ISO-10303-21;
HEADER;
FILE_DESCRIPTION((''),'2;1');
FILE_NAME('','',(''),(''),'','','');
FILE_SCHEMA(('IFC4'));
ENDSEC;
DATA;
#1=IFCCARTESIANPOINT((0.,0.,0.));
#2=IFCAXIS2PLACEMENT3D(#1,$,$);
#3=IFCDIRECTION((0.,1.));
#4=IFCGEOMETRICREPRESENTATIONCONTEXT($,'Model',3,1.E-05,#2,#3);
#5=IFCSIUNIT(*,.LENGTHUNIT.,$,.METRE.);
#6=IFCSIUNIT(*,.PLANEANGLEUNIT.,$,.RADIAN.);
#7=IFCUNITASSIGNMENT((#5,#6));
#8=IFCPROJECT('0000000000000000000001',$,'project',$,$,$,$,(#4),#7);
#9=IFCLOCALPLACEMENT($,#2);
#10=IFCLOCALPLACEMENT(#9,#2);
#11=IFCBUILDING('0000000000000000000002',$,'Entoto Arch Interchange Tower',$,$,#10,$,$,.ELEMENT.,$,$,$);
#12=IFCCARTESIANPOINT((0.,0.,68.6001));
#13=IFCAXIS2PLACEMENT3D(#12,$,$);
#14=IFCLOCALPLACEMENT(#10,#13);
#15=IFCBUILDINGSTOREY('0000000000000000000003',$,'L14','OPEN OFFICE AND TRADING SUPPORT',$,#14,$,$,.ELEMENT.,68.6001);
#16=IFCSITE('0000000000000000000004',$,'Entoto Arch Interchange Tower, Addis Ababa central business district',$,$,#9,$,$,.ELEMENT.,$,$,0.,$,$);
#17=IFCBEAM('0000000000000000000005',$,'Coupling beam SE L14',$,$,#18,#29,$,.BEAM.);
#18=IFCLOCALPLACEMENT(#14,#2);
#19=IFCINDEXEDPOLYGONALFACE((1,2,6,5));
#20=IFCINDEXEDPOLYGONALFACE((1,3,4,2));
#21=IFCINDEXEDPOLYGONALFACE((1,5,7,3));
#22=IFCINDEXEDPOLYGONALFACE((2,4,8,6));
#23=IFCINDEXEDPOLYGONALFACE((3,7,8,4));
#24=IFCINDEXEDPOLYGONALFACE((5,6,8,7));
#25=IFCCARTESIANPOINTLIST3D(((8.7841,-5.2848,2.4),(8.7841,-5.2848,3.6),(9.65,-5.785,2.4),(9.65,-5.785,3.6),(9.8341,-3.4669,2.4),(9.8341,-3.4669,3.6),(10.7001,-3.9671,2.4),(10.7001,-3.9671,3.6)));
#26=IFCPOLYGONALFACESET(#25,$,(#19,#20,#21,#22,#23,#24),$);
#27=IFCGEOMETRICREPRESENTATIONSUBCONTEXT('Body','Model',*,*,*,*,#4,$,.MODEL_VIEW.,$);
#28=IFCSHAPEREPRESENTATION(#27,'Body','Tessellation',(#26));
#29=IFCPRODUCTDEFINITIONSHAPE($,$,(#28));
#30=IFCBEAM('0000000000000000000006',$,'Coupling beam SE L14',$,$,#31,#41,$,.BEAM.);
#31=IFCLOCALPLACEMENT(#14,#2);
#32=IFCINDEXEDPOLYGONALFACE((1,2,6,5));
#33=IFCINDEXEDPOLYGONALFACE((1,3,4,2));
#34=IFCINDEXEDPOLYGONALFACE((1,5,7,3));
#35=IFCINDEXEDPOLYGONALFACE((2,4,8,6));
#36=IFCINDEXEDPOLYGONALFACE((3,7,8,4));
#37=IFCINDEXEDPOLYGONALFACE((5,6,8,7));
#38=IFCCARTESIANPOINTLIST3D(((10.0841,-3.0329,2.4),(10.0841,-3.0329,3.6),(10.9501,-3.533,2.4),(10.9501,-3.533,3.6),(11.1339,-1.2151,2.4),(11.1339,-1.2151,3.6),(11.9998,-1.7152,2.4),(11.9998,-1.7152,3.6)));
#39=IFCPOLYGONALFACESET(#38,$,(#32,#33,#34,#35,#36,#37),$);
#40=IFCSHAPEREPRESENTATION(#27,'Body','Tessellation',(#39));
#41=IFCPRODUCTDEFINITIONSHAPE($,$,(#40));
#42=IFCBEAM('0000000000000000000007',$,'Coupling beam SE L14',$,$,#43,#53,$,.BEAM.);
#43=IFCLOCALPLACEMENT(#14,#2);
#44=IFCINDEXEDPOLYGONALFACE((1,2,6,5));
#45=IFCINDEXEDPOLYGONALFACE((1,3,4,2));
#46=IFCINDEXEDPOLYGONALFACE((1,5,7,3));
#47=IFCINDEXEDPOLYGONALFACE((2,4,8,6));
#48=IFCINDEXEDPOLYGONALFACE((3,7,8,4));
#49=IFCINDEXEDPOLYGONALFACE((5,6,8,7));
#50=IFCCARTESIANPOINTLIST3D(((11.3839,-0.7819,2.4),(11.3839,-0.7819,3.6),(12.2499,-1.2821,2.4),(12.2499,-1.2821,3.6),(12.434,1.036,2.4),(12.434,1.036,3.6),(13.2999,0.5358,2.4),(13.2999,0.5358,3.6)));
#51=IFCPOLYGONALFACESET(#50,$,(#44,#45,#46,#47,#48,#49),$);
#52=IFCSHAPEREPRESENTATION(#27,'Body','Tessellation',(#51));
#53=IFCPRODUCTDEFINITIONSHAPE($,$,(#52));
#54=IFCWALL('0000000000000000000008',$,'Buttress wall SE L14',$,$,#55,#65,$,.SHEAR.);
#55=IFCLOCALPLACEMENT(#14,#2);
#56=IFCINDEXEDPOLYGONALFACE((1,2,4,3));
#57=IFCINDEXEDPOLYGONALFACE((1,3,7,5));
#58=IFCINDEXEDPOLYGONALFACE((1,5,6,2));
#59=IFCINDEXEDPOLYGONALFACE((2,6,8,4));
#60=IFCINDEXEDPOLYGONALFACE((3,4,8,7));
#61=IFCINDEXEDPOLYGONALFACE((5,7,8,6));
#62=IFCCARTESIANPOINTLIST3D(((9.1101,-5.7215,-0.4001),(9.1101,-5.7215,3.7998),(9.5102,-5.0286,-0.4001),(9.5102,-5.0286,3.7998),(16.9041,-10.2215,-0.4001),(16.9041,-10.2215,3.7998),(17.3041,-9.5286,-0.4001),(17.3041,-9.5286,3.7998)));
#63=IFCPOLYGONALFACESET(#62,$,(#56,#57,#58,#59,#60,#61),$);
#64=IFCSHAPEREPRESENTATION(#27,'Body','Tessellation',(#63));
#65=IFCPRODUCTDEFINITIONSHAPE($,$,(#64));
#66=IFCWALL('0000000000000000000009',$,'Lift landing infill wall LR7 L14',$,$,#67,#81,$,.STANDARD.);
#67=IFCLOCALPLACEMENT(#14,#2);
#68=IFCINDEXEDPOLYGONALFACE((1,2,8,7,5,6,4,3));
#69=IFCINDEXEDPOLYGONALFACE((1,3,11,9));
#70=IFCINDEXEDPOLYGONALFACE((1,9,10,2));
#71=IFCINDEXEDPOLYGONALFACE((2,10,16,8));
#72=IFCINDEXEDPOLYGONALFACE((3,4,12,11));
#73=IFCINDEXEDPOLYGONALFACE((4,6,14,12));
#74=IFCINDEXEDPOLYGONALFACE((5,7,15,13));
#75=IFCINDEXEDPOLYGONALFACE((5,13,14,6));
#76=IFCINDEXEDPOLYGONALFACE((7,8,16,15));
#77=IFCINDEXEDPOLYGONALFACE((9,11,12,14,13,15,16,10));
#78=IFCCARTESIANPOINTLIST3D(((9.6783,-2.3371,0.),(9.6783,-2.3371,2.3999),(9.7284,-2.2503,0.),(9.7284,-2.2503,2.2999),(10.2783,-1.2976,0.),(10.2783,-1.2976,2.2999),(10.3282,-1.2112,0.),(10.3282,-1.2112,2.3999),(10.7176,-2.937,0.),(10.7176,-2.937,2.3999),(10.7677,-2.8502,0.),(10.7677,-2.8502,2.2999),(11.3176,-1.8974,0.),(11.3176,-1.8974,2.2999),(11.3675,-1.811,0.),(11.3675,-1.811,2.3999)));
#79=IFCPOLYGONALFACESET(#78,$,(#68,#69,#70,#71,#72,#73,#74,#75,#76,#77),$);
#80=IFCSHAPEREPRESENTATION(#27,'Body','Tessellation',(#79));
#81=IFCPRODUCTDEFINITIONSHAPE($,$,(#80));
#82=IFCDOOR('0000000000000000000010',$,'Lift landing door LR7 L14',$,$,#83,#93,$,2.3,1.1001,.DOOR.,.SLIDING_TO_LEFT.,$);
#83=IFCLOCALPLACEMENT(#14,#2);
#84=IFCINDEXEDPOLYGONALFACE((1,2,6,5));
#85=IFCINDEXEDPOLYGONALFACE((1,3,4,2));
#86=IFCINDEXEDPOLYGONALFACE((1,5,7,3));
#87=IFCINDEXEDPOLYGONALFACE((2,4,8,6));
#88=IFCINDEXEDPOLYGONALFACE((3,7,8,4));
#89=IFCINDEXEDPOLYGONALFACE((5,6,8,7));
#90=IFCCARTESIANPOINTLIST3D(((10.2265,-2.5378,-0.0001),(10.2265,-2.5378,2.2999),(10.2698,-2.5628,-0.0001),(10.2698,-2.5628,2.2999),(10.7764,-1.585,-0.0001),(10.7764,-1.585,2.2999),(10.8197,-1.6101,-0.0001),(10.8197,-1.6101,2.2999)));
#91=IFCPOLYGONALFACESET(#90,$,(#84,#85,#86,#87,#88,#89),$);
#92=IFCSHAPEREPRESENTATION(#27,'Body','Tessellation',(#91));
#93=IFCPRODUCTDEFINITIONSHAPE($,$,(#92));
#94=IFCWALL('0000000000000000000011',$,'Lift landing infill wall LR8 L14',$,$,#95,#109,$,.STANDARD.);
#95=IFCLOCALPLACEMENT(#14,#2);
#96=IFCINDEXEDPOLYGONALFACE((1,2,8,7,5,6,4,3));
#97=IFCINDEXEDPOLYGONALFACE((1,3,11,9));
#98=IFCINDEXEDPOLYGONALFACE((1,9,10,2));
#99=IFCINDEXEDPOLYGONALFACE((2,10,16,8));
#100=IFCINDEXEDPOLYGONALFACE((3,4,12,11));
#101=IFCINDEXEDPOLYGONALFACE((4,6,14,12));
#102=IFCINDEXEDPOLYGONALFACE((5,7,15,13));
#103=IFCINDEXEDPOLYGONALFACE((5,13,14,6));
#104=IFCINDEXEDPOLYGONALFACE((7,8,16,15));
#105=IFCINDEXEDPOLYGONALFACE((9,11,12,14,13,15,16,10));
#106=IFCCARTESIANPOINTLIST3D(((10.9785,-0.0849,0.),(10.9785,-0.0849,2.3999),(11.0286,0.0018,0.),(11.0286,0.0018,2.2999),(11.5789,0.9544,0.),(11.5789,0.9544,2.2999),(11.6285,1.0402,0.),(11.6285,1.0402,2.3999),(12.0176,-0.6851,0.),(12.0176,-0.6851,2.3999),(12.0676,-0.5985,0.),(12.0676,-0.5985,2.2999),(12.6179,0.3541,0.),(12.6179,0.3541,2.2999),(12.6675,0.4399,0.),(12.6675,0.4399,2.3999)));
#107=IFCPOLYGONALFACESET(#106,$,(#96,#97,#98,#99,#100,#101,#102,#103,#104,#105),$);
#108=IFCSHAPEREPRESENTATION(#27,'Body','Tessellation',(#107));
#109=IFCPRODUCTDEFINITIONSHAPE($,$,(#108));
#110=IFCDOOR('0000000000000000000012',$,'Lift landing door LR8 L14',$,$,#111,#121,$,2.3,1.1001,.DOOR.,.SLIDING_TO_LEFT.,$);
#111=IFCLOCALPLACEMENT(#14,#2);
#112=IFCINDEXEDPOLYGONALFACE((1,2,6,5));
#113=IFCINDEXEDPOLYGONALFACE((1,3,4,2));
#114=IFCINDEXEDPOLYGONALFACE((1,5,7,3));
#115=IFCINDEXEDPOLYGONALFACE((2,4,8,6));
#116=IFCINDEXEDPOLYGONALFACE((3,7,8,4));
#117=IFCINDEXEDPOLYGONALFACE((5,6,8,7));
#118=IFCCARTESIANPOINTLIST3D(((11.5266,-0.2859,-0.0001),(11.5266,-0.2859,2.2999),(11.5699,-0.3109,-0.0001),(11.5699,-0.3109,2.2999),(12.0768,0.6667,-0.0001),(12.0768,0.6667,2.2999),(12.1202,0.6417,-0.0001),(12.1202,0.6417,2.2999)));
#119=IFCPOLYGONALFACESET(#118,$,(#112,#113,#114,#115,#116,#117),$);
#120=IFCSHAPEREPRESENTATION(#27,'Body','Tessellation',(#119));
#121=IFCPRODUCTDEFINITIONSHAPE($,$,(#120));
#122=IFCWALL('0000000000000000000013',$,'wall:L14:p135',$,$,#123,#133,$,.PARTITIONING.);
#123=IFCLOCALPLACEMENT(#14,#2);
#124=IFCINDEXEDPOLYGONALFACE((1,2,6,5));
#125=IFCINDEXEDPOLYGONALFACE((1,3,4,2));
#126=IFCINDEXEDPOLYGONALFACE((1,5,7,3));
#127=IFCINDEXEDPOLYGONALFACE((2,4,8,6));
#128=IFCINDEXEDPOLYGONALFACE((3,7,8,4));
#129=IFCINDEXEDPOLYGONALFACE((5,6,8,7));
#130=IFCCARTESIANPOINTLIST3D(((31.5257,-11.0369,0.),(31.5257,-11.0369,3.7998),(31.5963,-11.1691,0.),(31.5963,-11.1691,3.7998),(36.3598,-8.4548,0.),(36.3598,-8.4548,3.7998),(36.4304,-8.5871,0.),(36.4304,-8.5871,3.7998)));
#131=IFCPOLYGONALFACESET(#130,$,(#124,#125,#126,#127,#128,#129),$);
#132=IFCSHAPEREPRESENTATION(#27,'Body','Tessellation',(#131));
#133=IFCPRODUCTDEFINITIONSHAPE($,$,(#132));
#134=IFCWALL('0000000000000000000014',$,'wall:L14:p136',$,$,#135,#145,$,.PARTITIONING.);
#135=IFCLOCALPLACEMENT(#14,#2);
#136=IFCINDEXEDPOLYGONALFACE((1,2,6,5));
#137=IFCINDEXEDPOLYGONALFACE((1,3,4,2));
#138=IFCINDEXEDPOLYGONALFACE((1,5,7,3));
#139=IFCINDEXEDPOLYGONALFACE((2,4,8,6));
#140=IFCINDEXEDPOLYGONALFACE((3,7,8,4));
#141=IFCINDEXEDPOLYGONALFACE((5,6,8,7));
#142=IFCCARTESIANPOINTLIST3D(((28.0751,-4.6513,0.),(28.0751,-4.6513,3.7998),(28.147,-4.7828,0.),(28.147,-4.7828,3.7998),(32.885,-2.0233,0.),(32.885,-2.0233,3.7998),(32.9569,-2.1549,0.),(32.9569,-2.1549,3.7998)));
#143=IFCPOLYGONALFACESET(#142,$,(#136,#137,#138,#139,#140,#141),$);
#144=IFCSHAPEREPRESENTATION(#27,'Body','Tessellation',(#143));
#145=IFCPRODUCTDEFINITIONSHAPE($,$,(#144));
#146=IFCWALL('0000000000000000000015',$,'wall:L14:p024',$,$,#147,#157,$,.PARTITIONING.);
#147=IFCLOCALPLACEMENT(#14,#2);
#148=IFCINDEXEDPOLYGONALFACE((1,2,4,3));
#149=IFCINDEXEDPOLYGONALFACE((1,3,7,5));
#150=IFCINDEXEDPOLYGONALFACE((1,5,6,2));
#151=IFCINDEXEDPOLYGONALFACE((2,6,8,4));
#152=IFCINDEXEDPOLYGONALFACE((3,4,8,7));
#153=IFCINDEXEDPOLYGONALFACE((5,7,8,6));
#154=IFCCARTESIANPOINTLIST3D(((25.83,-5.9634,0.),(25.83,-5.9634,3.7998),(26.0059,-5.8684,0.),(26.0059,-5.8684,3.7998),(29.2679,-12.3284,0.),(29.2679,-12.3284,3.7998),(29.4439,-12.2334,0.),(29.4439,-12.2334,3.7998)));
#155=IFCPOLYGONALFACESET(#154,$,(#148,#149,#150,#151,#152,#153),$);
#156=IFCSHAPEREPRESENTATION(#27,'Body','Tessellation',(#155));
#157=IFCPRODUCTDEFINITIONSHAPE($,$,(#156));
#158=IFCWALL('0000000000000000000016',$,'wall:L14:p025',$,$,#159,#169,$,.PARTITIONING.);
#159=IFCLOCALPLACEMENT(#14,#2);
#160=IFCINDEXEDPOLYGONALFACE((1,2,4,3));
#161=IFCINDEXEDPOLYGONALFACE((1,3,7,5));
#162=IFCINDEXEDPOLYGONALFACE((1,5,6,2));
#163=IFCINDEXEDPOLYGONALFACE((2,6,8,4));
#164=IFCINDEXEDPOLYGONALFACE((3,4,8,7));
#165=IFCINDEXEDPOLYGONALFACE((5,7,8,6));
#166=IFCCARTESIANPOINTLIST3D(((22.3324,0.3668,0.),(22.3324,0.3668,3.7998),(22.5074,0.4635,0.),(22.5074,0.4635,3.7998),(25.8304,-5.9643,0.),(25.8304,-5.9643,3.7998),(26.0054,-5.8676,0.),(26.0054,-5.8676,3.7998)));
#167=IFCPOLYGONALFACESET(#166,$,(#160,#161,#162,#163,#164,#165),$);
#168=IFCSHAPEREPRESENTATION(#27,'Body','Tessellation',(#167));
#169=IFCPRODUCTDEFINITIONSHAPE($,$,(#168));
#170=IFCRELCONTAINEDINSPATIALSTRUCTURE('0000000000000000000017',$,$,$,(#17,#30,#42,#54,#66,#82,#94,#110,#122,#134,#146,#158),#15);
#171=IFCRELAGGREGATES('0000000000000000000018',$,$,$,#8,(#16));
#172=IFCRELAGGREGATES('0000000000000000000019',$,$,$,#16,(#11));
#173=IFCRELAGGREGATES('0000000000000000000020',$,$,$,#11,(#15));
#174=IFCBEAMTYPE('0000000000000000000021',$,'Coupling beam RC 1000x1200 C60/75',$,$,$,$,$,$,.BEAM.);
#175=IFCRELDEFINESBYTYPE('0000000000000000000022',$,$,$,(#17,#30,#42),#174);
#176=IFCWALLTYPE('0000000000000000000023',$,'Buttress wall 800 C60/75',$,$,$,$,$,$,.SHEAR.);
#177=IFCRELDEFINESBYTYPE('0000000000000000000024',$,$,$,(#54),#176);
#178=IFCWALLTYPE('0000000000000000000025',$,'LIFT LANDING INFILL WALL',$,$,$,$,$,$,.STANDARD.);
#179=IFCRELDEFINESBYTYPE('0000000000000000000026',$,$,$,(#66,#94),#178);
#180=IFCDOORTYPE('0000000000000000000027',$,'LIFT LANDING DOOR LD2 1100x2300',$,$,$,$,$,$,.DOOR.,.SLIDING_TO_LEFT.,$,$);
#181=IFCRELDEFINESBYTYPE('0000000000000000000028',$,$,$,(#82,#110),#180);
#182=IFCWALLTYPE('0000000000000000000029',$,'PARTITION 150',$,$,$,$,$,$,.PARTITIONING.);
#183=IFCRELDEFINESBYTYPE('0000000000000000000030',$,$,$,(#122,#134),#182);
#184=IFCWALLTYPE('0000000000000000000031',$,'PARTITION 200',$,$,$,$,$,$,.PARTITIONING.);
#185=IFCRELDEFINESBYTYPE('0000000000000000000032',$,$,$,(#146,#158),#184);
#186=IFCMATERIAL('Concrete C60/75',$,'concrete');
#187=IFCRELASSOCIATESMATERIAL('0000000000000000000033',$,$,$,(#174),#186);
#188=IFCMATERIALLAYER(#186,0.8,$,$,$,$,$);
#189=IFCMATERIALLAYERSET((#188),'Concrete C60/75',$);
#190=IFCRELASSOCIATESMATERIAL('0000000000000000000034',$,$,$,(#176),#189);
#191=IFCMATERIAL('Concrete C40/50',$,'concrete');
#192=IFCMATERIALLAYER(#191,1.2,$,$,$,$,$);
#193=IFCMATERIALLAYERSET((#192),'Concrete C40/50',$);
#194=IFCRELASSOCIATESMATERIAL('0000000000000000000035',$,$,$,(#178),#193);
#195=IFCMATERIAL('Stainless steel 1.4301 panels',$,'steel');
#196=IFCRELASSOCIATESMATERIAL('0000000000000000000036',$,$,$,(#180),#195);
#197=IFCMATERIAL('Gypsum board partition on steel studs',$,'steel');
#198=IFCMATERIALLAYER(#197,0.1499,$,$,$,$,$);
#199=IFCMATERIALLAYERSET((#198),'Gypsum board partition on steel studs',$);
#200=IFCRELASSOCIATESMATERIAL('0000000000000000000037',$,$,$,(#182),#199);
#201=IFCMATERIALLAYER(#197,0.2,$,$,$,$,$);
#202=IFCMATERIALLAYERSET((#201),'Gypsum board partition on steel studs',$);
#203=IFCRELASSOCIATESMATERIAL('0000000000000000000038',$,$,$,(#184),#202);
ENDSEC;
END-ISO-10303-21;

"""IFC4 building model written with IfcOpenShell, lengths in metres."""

from ifc_helpers import new_model, si_unit, direction, frame, frame_2d, origin, origin_2d, place, context, subcontext, project, spatial, rectangle, extrude, material, layer, layer_set, material_profile, profile_set, type_object, element, fill, save


model = new_model("IFC4")

# Units and contexts
model_context = context("Model", 3, precision=1e-05, world=origin(), true_north=direction((0.0, 1.0)))
body_context = subcontext(model_context, "Body", "Model", "MODEL_VIEW")
ifc_project = project(units=[si_unit("LENGTHUNIT", "METRE"), si_unit("PLANEANGLEUNIT", "RADIAN")], contexts=[model_context])

# Site, building, storey
site_placement = place(None, origin())
site = spatial("IfcSite", under=ifc_project, at=site_placement, Name="Entoto Arch Interchange Tower, Addis Ababa central business district", CompositionType="ELEMENT", RefElevation=0.0)
building_placement = place(site_placement, origin())
building = spatial("IfcBuilding", under=site, at=building_placement, Name="Entoto Arch Interchange Tower", CompositionType="ELEMENT")
storey_placement = place(building_placement, frame((0.0, 0.0, 68.6001)))
storey = spatial("IfcBuildingStorey", under=building, at=storey_placement, Name="L14", Description="OPEN OFFICE AND TRADING SUPPORT", CompositionType="ELEMENT", Elevation=68.6001)

# Beams
ifc_material_1 = material(Name="Concrete C60/75", Category="concrete")
ifc_material_profile = material_profile(ifc_material_1, rectangle(XDim=1.0, YDim=1.2, at=origin_2d()))
ifc_profile_set = profile_set([ifc_material_profile], Name="Concrete C60/75")
beam_type = type_object("IfcBeamType", Name="Coupling beam RC 1000x1200 C60/75", PredefinedType="BEAM", material=ifc_profile_set)
beam_1_placement = place(storey_placement, frame((9.217, -5.5349, 3.0), z_axis=(0.500179, 0.865922, 0.0), x_axis=(-0.865922, 0.500179, 0.0)))
element("IfcBeam", 1, at=beam_1_placement, inside=storey, type_object=beam_type, Name="Coupling beam SE L14", PredefinedType="BEAM", context=body_context, shape_type="SweptSolid", body=[
    extrude(rectangle(XDim=1.0, YDim=1.2, at=origin_2d()), origin(), (0.0, 0.0, 1.0), 2.0994),
])
beam_2_placement = place(storey_placement, frame((10.5171, -3.283, 3.0), z_axis=(0.500092, 0.865973, 0.0), x_axis=(-0.865973, 0.500092, 0.0)))
element("IfcBeam", 2, at=beam_2_placement, inside=storey, type_object=beam_type, Name="Coupling beam SE L14", PredefinedType="BEAM", context=body_context, shape_type="SweptSolid", body=[
    extrude(rectangle(XDim=1.0, YDim=1.2, at=origin_2d()), origin(), (0.0, 0.0, 1.0), 2.0991),
])
beam_3_placement = place(storey_placement, frame((11.8169, -1.032, 3.0), z_axis=(0.500179, 0.865922, 0.0), x_axis=(-0.865922, 0.500179, 0.0)))
element("IfcBeam", 3, at=beam_3_placement, inside=storey, type_object=beam_type, Name="Coupling beam SE L14", PredefinedType="BEAM", context=body_context, shape_type="SweptSolid", body=[
    extrude(rectangle(XDim=1.0, YDim=1.2, at=origin_2d()), origin(), (0.0, 0.0, 1.0), 2.0994),
])

# Wall
ifc_layer_1 = layer(ifc_material_1, 0.8)
ifc_layer_set_1 = layer_set([ifc_layer_1], Name="Concrete C60/75")
wall_type_1 = type_object("IfcWallType", Name="Buttress wall 800 C60/75", PredefinedType="SHEAR", material=ifc_layer_set_1)
wall_1_placement = place(storey_placement, frame((9.3101, -5.375, -0.4001), z_axis=(0.0, 0.0, 1.0), x_axis=(0.866018, -0.500014, 0.0)))
element("IfcWall", 4, at=wall_1_placement, inside=storey, type_object=wall_type_1, Name="Buttress wall SE L14", PredefinedType="SHEAR", context=body_context, shape_type="SweptSolid", body=[
    extrude(rectangle(XDim=8.9998, YDim=0.8, at=frame_2d((4.5, 0.0))), origin(), (0.0, 0.0, 1.0), 4.2),
])

# Walls, openings, doors
ifc_material_2 = material(Name="Concrete C40/50", Category="concrete")
ifc_layer_2 = layer(ifc_material_2, 1.2)
ifc_layer_set_2 = layer_set([ifc_layer_2], Name="Concrete C40/50")
wall_type_2 = type_object("IfcWallType", Name="LIFT LANDING INFILL WALL", PredefinedType="STANDARD", material=ifc_layer_set_2)
wall_2_placement = place(storey_placement, frame((10.198, -2.637, 0.0), z_axis=(0.0, 0.0, 1.0), x_axis=(0.499896, 0.866086, 0.0)))
wall_2 = element("IfcWall", 5, at=wall_2_placement, inside=storey, type_object=wall_type_2, Name="Lift landing infill wall LR7 L14", PredefinedType="STANDARD", context=body_context, shape_type="SweptSolid", body=[
    extrude(rectangle(XDim=1.3, YDim=1.2, at=frame_2d((0.6499, 0.0))), origin(), (0.0, 0.0, 1.0), 2.3999),
])
opening_1_placement = place(wall_2_placement, frame((0.1001, 0.0, 0.0)))
opening_1 = element("IfcOpeningElement", 6, at=opening_1_placement, cuts=wall_2, PredefinedType="OPENING", context=body_context, shape_type="SweptSolid", body=[
    extrude(rectangle(XDim=1.1001, YDim=2.3, at=frame_2d((0.55, 1.1499))), frame((0.0, 0.6099, 0.0), z_axis=(0.0, -1.0, 0.0), x_axis=(1.0, 0.0, 0.0)), (0.0, 0.0, 1.0), 1.22),
])
ifc_material_3 = material(Name="Stainless steel 1.4301 panels", Category="steel")
door_type_1 = type_object("IfcDoorType", Name="LIFT LANDING DOOR LD2 1100x2300", OperationType="SLIDING_TO_LEFT", PredefinedType="DOOR", material=ifc_material_3)
door_1_placement = place(opening_1_placement, origin())
door_1 = element("IfcDoor", 7, at=door_1_placement, inside=storey, type_object=door_type_1, Name="Lift landing door LR7 L14", OperationType="SLIDING_TO_LEFT", OverallHeight=2.3, OverallWidth=1.1001, PredefinedType="DOOR", context=body_context, shape_type="SweptSolid", body=[
    extrude(rectangle(XDim=1.1001, YDim=2.3, at=frame_2d((0.55, 1.1499))), frame((0.0, 0.0249, 0.0), z_axis=(0.0, -1.0, 0.0), x_axis=(1.0, 0.0, 0.0)), (0.0, 0.0, 1.0), 0.05),
])
fill(opening_1, door_1)
wall_3_placement = place(storey_placement, frame((11.498, -0.385, 0.0), z_axis=(0.0, 0.0, 1.0), x_axis=(0.500221, 0.865898, 0.0)))
wall_3 = element("IfcWall", 8, at=wall_3_placement, inside=storey, type_object=wall_type_2, Name="Lift landing infill wall LR8 L14", PredefinedType="STANDARD", context=body_context, shape_type="SweptSolid", body=[
    extrude(rectangle(XDim=1.2993, YDim=1.2, at=frame_2d((0.6497, 0.0))), origin(), (0.0, 0.0, 1.0), 2.3999),
])
opening_2_placement = place(wall_3_placement, frame((0.1001, 0.0, 0.0)))
opening_2 = element("IfcOpeningElement", 9, at=opening_2_placement, cuts=wall_3, PredefinedType="OPENING", context=body_context, shape_type="SweptSolid", body=[
    extrude(rectangle(XDim=1.1001, YDim=2.3, at=frame_2d((0.55, 1.1499))), frame((0.0, 0.6099, 0.0), z_axis=(0.0, -1.0, 0.0), x_axis=(1.0, 0.0, 0.0)), (0.0, 0.0, 1.0), 1.22),
])
door_2_placement = place(opening_2_placement, origin())
door_2 = element("IfcDoor", 10, at=door_2_placement, inside=storey, type_object=door_type_1, Name="Lift landing door LR8 L14", OperationType="SLIDING_TO_LEFT", OverallHeight=2.3, OverallWidth=1.1001, PredefinedType="DOOR", context=body_context, shape_type="SweptSolid", body=[
    extrude(rectangle(XDim=1.1001, YDim=2.3, at=frame_2d((0.55, 1.1499))), frame((0.0, 0.0249, 0.0), z_axis=(0.0, -1.0, 0.0), x_axis=(1.0, 0.0, 0.0)), (0.0, 0.0, 1.0), 0.05),
])
fill(opening_2, door_2)

# Walls
ifc_material_4 = material(Name="Gypsum board partition on steel studs", Category="steel")
ifc_layer_3 = layer(ifc_material_4, 0.1499)
ifc_layer_set_3 = layer_set([ifc_layer_3], Name="Gypsum board partition on steel studs")
wall_type_3 = type_object("IfcWallType", Name="PARTITION 150", PredefinedType="PARTITIONING", material=ifc_layer_set_3)
wall_4_placement = place(storey_placement, frame((31.561, -11.103, 0.0), z_axis=(0.0, 0.0, 1.0), x_axis=(0.882057, 0.471143, 0.0)))
element("IfcWall", 11, at=wall_4_placement, inside=storey, type_object=wall_type_3, Name="wall:L14:p135", PredefinedType="PARTITIONING", context=body_context, shape_type="SweptSolid", body=[
    extrude(rectangle(XDim=5.4805, YDim=0.1499, at=frame_2d((2.7402, 0.0))), origin(), (0.0, 0.0, 1.0), 3.7998),
])
wall_5_placement = place(storey_placement, frame((28.1111, -4.717, 0.0), z_axis=(0.0, 0.0, 1.0), x_axis=(0.877558, 0.47947, 0.0)))
element("IfcWall", 12, at=wall_5_placement, inside=storey, type_object=wall_type_3, Name="wall:L14:p136", PredefinedType="PARTITIONING", context=body_context, shape_type="SweptSolid", body=[
    extrude(rectangle(XDim=5.481, YDim=0.1499, at=frame_2d((2.7405, 0.0))), origin(), (0.0, 0.0, 1.0), 3.7998),
])
ifc_layer_4 = layer(ifc_material_4, 0.2)
ifc_layer_set_4 = layer_set([ifc_layer_4], Name="Gypsum board partition on steel studs")
wall_type_4 = type_object("IfcWallType", Name="PARTITION 200", PredefinedType="PARTITIONING", material=ifc_layer_set_4)
wall_6_placement = place(storey_placement, frame((29.356, -12.281, 0.0), z_axis=(0.0, 0.0, 1.0), x_axis=(-0.475245, 0.879854, 0.0)))
element("IfcWall", 13, at=wall_6_placement, inside=storey, type_object=wall_type_4, Name="wall:L14:p024", PredefinedType="PARTITIONING", context=body_context, shape_type="SweptSolid", body=[
    extrude(rectangle(XDim=7.2341, YDim=0.2, at=frame_2d((3.6172, 0.0))), origin(), (0.0, 0.0, 1.0), 3.7998),
])
wall_7_placement = place(storey_placement, frame((25.918, -5.916, 0.0), z_axis=(0.0, 0.0, 1.0), x_axis=(-0.483613, 0.875282, 0.0)))
element("IfcWall", 14, at=wall_7_placement, inside=storey, type_object=wall_type_4, Name="wall:L14:p025", PredefinedType="PARTITIONING", context=body_context, shape_type="SweptSolid", body=[
    extrude(rectangle(XDim=7.2332, YDim=0.2, at=frame_2d((3.6167, 0.0))), origin(), (0.0, 0.0, 1.0), 3.7998),
])

save(model, "model.ifc")
